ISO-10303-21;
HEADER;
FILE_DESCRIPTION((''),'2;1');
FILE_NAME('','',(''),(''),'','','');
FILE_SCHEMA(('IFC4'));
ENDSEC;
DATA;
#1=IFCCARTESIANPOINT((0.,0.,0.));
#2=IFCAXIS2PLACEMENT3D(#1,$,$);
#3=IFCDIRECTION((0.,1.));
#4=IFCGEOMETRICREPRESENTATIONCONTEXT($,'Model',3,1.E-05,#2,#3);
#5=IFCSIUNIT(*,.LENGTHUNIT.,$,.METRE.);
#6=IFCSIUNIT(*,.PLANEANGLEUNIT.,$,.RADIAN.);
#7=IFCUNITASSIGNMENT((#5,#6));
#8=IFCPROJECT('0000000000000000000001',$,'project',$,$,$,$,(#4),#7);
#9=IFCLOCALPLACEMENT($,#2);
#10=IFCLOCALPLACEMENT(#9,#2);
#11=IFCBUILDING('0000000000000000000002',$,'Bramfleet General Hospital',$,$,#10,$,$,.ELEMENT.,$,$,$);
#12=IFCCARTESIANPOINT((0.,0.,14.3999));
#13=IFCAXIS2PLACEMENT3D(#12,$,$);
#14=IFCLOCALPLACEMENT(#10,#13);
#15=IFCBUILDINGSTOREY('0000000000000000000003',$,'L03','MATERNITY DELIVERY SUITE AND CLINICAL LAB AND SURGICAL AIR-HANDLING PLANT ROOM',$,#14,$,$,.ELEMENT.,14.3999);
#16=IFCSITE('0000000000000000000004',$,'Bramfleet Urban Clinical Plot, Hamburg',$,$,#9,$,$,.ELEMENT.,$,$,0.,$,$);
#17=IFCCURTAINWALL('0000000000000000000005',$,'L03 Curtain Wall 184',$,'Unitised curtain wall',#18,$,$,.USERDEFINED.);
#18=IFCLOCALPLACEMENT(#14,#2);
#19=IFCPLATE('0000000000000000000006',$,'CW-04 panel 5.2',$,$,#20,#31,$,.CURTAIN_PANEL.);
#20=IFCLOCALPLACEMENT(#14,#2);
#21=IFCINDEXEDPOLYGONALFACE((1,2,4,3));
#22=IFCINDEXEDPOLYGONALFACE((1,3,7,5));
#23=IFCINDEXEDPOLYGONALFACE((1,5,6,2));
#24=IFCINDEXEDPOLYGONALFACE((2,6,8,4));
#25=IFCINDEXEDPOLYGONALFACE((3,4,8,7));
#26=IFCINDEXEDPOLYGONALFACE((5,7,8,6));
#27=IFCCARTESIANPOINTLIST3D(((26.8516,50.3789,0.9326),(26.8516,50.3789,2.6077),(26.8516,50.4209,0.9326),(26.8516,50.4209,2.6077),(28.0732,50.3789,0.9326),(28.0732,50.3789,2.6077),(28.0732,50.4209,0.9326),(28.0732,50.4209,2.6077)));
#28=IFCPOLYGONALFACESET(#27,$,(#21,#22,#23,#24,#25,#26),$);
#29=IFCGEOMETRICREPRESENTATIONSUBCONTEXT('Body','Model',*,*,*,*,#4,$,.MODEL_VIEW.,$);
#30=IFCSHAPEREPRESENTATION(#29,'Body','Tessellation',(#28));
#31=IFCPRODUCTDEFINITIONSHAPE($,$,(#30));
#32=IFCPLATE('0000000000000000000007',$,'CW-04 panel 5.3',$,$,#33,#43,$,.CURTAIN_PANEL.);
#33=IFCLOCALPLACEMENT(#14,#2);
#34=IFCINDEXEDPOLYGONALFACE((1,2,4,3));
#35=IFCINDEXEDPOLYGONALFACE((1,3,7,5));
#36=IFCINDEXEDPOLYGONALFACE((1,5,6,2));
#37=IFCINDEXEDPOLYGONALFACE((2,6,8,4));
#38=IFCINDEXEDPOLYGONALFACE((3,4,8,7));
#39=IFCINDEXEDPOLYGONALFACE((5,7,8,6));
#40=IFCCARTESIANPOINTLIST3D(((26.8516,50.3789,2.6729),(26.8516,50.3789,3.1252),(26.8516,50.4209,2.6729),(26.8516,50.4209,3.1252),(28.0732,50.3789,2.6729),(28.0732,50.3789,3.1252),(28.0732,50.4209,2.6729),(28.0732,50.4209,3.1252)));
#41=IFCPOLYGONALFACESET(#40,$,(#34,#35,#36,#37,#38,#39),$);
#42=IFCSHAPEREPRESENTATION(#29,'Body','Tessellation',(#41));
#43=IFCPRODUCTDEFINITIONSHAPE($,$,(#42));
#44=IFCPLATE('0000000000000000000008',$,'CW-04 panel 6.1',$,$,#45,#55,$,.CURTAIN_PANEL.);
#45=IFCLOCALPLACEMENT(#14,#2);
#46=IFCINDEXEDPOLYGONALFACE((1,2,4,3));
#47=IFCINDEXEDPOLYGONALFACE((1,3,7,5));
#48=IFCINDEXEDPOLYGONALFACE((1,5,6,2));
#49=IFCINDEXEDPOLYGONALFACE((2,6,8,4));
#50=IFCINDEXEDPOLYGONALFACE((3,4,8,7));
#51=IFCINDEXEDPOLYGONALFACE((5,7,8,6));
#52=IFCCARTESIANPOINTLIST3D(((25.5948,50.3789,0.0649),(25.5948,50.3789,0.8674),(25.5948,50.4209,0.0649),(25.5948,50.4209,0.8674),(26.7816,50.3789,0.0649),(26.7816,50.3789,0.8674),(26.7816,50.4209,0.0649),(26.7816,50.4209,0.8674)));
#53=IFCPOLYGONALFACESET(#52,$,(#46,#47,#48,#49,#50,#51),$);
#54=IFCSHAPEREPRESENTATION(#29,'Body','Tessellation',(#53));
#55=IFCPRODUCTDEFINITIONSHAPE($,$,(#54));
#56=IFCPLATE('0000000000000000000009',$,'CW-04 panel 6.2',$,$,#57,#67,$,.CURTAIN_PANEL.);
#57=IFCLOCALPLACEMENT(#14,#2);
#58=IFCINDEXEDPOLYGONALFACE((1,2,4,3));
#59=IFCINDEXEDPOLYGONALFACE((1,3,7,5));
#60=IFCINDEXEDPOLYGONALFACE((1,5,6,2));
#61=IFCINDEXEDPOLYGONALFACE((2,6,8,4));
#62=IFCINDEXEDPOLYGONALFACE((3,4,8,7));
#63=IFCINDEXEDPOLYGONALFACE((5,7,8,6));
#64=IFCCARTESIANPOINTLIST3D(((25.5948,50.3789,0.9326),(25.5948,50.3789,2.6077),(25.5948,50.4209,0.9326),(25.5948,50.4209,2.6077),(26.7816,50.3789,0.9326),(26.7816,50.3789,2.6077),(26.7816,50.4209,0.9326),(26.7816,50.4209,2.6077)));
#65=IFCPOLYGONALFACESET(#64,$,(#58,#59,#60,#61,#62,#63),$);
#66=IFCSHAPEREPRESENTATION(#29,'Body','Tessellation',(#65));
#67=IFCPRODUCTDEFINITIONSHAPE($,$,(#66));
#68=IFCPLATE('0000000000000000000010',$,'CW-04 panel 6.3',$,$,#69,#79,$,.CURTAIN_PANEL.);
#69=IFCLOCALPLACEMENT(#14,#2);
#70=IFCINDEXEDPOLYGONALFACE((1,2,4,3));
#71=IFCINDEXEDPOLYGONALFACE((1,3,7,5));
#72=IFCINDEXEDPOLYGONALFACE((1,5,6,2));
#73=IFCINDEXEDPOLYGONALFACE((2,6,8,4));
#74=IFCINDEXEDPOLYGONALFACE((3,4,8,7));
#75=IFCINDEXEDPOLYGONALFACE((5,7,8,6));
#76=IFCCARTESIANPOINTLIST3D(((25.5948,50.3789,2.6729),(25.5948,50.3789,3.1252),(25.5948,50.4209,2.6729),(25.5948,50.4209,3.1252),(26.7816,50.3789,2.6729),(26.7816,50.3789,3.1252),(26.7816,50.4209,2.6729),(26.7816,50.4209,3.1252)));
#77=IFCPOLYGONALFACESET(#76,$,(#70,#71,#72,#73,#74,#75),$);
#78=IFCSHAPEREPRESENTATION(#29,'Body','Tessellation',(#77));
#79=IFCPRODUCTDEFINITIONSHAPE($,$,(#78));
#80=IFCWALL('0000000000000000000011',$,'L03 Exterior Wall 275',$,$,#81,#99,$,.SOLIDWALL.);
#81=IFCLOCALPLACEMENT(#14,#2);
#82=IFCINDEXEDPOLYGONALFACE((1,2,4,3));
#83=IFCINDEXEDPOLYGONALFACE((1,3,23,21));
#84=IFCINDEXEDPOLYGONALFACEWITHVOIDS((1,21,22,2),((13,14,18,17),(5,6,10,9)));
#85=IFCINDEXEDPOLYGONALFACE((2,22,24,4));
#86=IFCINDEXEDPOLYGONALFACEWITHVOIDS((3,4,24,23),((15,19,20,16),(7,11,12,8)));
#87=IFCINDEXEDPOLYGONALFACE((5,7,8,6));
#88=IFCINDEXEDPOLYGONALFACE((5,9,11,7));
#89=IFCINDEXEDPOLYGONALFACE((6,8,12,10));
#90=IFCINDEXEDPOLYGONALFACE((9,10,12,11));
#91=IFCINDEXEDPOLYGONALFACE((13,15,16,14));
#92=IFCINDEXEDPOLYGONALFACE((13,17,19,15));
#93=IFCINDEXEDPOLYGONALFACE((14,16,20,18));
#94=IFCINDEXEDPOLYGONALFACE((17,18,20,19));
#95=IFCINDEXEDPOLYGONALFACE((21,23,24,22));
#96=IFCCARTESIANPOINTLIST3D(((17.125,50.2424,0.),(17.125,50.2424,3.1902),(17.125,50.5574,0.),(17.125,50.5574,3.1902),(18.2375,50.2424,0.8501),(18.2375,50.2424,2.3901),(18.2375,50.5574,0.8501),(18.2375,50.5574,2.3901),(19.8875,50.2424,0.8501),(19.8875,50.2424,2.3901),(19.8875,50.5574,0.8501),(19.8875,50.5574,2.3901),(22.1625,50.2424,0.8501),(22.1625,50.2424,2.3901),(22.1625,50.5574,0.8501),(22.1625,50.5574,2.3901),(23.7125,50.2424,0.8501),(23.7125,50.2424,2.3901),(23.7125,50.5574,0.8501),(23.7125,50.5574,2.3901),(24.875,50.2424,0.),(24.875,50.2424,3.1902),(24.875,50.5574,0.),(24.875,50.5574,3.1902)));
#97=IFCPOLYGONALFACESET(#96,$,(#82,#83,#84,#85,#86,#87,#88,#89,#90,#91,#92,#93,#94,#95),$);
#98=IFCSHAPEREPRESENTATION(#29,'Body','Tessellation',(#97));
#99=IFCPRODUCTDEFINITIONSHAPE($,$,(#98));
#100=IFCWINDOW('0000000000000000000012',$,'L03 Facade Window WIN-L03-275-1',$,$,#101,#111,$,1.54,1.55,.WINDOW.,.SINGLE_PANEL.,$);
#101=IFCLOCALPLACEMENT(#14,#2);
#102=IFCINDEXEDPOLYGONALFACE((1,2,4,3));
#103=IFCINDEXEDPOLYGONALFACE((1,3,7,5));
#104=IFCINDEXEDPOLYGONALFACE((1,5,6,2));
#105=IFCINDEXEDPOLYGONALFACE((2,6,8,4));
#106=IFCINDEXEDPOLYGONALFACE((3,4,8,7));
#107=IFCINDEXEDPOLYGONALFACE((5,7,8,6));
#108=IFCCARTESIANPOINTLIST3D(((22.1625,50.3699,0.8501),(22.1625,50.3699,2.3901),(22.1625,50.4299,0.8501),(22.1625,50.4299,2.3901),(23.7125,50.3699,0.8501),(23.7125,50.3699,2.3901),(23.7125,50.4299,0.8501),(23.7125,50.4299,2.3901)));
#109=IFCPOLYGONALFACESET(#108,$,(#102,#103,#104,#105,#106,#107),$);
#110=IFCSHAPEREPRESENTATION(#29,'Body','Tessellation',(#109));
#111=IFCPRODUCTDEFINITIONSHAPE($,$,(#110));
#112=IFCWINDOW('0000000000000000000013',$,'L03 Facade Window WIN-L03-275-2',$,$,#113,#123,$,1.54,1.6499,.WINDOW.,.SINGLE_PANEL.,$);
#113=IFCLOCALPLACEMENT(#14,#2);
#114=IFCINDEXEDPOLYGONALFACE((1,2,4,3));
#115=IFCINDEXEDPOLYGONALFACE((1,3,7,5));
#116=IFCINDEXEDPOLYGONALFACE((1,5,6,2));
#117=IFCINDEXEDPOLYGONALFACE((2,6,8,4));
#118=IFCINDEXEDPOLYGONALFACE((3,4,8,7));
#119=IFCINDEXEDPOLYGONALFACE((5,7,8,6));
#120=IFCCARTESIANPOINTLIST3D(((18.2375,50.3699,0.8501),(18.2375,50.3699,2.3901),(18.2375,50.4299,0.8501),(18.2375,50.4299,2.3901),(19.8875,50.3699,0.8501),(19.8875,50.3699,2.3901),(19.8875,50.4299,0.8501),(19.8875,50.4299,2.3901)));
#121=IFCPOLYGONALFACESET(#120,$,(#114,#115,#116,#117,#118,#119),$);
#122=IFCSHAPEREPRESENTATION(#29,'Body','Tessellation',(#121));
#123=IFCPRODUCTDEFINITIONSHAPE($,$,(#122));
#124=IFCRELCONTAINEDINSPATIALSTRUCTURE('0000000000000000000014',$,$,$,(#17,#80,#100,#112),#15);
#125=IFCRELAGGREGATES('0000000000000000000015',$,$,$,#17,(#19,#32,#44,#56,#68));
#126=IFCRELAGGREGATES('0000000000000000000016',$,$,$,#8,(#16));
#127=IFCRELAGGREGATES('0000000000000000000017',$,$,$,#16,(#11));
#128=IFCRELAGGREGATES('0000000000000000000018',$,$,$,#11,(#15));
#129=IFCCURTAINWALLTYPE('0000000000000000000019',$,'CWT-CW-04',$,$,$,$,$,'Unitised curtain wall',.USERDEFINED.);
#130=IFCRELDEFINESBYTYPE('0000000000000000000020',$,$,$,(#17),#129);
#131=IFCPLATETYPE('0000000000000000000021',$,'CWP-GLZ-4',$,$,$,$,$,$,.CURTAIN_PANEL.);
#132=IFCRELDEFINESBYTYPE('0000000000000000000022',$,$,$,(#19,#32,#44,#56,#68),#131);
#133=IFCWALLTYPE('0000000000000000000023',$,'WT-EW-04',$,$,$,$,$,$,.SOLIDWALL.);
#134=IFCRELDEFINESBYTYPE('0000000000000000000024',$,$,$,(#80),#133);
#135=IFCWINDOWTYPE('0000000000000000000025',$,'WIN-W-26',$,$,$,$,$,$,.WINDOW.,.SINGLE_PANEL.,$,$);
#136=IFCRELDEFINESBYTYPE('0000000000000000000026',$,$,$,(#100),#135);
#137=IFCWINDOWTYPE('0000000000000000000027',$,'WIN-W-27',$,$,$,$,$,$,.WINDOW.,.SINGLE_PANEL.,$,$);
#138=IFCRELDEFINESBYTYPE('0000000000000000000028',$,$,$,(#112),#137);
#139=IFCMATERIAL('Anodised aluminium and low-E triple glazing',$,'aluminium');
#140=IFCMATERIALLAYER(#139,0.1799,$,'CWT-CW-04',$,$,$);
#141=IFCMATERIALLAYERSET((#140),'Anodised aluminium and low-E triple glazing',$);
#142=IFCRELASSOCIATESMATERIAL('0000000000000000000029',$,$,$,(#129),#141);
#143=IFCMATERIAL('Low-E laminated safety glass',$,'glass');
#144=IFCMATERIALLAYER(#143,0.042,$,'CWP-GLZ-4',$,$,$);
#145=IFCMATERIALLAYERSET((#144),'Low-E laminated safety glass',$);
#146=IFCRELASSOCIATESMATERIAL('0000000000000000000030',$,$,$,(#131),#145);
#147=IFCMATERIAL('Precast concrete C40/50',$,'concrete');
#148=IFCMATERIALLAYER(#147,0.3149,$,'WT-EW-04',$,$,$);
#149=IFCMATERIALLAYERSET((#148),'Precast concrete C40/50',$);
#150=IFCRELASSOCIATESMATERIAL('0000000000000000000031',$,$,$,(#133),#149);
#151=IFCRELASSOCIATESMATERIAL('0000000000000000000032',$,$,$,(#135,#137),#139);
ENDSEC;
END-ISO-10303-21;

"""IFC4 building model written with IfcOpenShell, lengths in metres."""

from ifc_helpers import new_model, si_unit, direction, frame, frame_2d, origin, origin_2d, place, context, subcontext, project, spatial, rectangle, extrude, material, layer, layer_set, type_object, element, fill, aggregate, save


model = new_model("IFC4")

# Units and contexts
model_context = context("Model", 3, precision=1e-05, world=origin(), true_north=direction((0.0, 1.0)))
body_context = subcontext(model_context, "Body", "Model", "MODEL_VIEW")
ifc_project = project(units=[si_unit("LENGTHUNIT", "METRE"), si_unit("PLANEANGLEUNIT", "RADIAN")], contexts=[model_context])

# Site, building, storey
site_placement = place(None, origin())
site = spatial("IfcSite", under=ifc_project, at=site_placement, Name="Bramfleet Urban Clinical Plot, Hamburg", CompositionType="ELEMENT", RefElevation=0.0)
building_placement = place(site_placement, origin())
building = spatial("IfcBuilding", under=site, at=building_placement, Name="Bramfleet General Hospital", CompositionType="ELEMENT")
storey_placement = place(building_placement, frame((0.0, 0.0, 14.3999)))
storey = spatial("IfcBuildingStorey", under=building, at=storey_placement, Name="L03", Description="MATERNITY DELIVERY SUITE AND CLINICAL LAB AND SURGICAL AIR-HANDLING PLANT ROOM", CompositionType="ELEMENT", Elevation=14.3999)

# Curtain wall
ifc_material_1 = material(Name="Anodised aluminium and low-E triple glazing", Category="aluminium")
ifc_layer_1 = layer(ifc_material_1, 0.1799, Name="CWT-CW-04")
ifc_layer_set_1 = layer_set([ifc_layer_1], Name="Anodised aluminium and low-E triple glazing")
curtain_wall_type_1 = type_object("IfcCurtainWallType", Name="CWT-CW-04", ElementType="Unitised curtain wall", PredefinedType="USERDEFINED", material=ifc_layer_set_1)
curtain_wall_1_placement = place(storey_placement, origin())
curtain_wall_1 = element("IfcCurtainWall", 1, at=curtain_wall_1_placement, inside=storey, type_object=curtain_wall_type_1, Name="L03 Curtain Wall 184", ObjectType="Unitised curtain wall", PredefinedType="USERDEFINED")

# Plates
ifc_material_2 = material(Name="Low-E laminated safety glass", Category="glass")
ifc_layer_2 = layer(ifc_material_2, 0.042, Name="CWP-GLZ-4")
ifc_layer_set_2 = layer_set([ifc_layer_2], Name="Low-E laminated safety glass")
plate_type_1 = type_object("IfcPlateType", Name="CWP-GLZ-4", PredefinedType="CURTAIN_PANEL", material=ifc_layer_set_2)
plate_1_placement = place(storey_placement, frame((27.4624, 50.3999, 0.9326), z_axis=(0.0, 0.0, 1.0), x_axis=(-1.0, 0.0, 0.0)))
plate_1 = element("IfcPlate", 2, at=plate_1_placement, type_object=plate_type_1, Name="CW-04 panel 5.2", PredefinedType="CURTAIN_PANEL", context=body_context, shape_type="SweptSolid", body=[
    extrude(rectangle(XDim=1.2217, YDim=0.042, at=origin_2d()), origin(), (0.0, 0.0, 1.0), 1.675),
])
plate_2_placement = place(storey_placement, frame((27.4624, 50.3999, 2.6729), z_axis=(0.0, 0.0, 1.0), x_axis=(-1.0, 0.0, 0.0)))
plate_2 = element("IfcPlate", 3, at=plate_2_placement, type_object=plate_type_1, Name="CW-04 panel 5.3", PredefinedType="CURTAIN_PANEL", context=body_context, shape_type="SweptSolid", body=[
    extrude(rectangle(XDim=1.2217, YDim=0.042, at=origin_2d()), origin(), (0.0, 0.0, 1.0), 0.4524),
])
plate_3_placement = place(storey_placement, frame((26.1882, 50.3999, 0.0649), z_axis=(0.0, 0.0, 1.0), x_axis=(-1.0, 0.0, 0.0)))
plate_3 = element("IfcPlate", 4, at=plate_3_placement, type_object=plate_type_1, Name="CW-04 panel 6.1", PredefinedType="CURTAIN_PANEL", context=body_context, shape_type="SweptSolid", body=[
    extrude(rectangle(XDim=1.1868, YDim=0.042, at=origin_2d()), origin(), (0.0, 0.0, 1.0), 0.8025),
])
plate_4_placement = place(storey_placement, frame((26.1882, 50.3999, 0.9326), z_axis=(0.0, 0.0, 1.0), x_axis=(-1.0, 0.0, 0.0)))
plate_4 = element("IfcPlate", 5, at=plate_4_placement, type_object=plate_type_1, Name="CW-04 panel 6.2", PredefinedType="CURTAIN_PANEL", context=body_context, shape_type="SweptSolid", body=[
    extrude(rectangle(XDim=1.1868, YDim=0.042, at=origin_2d()), origin(), (0.0, 0.0, 1.0), 1.675),
])
plate_5_placement = place(storey_placement, frame((26.1882, 50.3999, 2.6729), z_axis=(0.0, 0.0, 1.0), x_axis=(-1.0, 0.0, 0.0)))
plate_5 = element("IfcPlate", 6, at=plate_5_placement, type_object=plate_type_1, Name="CW-04 panel 6.3", PredefinedType="CURTAIN_PANEL", context=body_context, shape_type="SweptSolid", body=[
    extrude(rectangle(XDim=1.1868, YDim=0.042, at=origin_2d()), origin(), (0.0, 0.0, 1.0), 0.4524),
])
aggregate(curtain_wall_1, [plate_1, plate_2, plate_3, plate_4, plate_5])

# Wall, openings, windows
ifc_material_3 = material(Name="Precast concrete C40/50", Category="concrete")
ifc_layer_3 = layer(ifc_material_3, 0.3149, Name="WT-EW-04")
ifc_layer_set_3 = layer_set([ifc_layer_3], Name="Precast concrete C40/50")
wall_type = type_object("IfcWallType", Name="WT-EW-04", PredefinedType="SOLIDWALL", material=ifc_layer_set_3)
wall_placement = place(storey_placement, frame((24.875, 50.3999, 0.0), z_axis=(0.0, 0.0, 1.0), x_axis=(-1.0, 0.0, 0.0)))
wall = element("IfcWall", 7, at=wall_placement, inside=storey, type_object=wall_type, Name="L03 Exterior Wall 275", PredefinedType="SOLIDWALL", context=body_context, shape_type="SweptSolid", body=[
    extrude(rectangle(XDim=7.75, YDim=0.3149, at=frame_2d((3.875, 0.0))), origin(), (0.0, 0.0, 1.0), 3.1902),
])
opening_1_placement = place(wall_placement, frame((1.1626, 0.0, 0.8501)))
opening_1 = element("IfcOpeningElement", 8, at=opening_1_placement, cuts=wall, PredefinedType="OPENING", context=body_context, shape_type="SweptSolid", body=[
    extrude(rectangle(XDim=1.55, YDim=1.54, at=frame_2d((0.7749, 0.77))), frame((0.0, 0.1675, 0.0), z_axis=(0.0, -1.0, 0.0), x_axis=(1.0, 0.0, 0.0)), (0.0, 0.0, 1.0), 0.335),
])
opening_2_placement = place(wall_placement, frame((4.9875, 0.0, 0.8501)))
opening_2 = element("IfcOpeningElement", 9, at=opening_2_placement, cuts=wall, PredefinedType="OPENING", context=body_context, shape_type="SweptSolid", body=[
    extrude(rectangle(XDim=1.6499, YDim=1.54, at=frame_2d((0.825, 0.77))), frame((0.0, 0.1675, 0.0), z_axis=(0.0, -1.0, 0.0), x_axis=(1.0, 0.0, 0.0)), (0.0, 0.0, 1.0), 0.335),
])
window_type_1 = type_object("IfcWindowType", Name="WIN-W-26", PartitioningType="SINGLE_PANEL", PredefinedType="WINDOW", material=ifc_material_1)
window_1_placement = place(opening_1_placement, origin())
window_1 = element("IfcWindow", 10, at=window_1_placement, inside=storey, type_object=window_type_1, Name="L03 Facade Window WIN-L03-275-1", OverallHeight=1.54, OverallWidth=1.55, PartitioningType="SINGLE_PANEL", PredefinedType="WINDOW", context=body_context, shape_type="SweptSolid", body=[
    extrude(rectangle(XDim=1.55, YDim=1.54, at=frame_2d((0.7749, 0.77))), frame((0.0, 0.03, 0.0), z_axis=(0.0, -1.0, 0.0), x_axis=(1.0, 0.0, 0.0)), (0.0, 0.0, 1.0), 0.0601),
])
fill(opening_1, window_1)
window_type_2 = type_object("IfcWindowType", Name="WIN-W-27", PartitioningType="SINGLE_PANEL", PredefinedType="WINDOW", material=ifc_material_1)
window_2_placement = place(opening_2_placement, origin())
window_2 = element("IfcWindow", 11, at=window_2_placement, inside=storey, type_object=window_type_2, Name="L03 Facade Window WIN-L03-275-2", OverallHeight=1.54, OverallWidth=1.6499, PartitioningType="SINGLE_PANEL", PredefinedType="WINDOW", context=body_context, shape_type="SweptSolid", body=[
    extrude(rectangle(XDim=1.6499, YDim=1.54, at=frame_2d((0.825, 0.77))), frame((0.0, 0.03, 0.0), z_axis=(0.0, -1.0, 0.0), x_axis=(1.0, 0.0, 0.0)), (0.0, 0.0, 1.0), 0.0601),
])
fill(opening_2, window_2)

save(model, "model.ifc")
